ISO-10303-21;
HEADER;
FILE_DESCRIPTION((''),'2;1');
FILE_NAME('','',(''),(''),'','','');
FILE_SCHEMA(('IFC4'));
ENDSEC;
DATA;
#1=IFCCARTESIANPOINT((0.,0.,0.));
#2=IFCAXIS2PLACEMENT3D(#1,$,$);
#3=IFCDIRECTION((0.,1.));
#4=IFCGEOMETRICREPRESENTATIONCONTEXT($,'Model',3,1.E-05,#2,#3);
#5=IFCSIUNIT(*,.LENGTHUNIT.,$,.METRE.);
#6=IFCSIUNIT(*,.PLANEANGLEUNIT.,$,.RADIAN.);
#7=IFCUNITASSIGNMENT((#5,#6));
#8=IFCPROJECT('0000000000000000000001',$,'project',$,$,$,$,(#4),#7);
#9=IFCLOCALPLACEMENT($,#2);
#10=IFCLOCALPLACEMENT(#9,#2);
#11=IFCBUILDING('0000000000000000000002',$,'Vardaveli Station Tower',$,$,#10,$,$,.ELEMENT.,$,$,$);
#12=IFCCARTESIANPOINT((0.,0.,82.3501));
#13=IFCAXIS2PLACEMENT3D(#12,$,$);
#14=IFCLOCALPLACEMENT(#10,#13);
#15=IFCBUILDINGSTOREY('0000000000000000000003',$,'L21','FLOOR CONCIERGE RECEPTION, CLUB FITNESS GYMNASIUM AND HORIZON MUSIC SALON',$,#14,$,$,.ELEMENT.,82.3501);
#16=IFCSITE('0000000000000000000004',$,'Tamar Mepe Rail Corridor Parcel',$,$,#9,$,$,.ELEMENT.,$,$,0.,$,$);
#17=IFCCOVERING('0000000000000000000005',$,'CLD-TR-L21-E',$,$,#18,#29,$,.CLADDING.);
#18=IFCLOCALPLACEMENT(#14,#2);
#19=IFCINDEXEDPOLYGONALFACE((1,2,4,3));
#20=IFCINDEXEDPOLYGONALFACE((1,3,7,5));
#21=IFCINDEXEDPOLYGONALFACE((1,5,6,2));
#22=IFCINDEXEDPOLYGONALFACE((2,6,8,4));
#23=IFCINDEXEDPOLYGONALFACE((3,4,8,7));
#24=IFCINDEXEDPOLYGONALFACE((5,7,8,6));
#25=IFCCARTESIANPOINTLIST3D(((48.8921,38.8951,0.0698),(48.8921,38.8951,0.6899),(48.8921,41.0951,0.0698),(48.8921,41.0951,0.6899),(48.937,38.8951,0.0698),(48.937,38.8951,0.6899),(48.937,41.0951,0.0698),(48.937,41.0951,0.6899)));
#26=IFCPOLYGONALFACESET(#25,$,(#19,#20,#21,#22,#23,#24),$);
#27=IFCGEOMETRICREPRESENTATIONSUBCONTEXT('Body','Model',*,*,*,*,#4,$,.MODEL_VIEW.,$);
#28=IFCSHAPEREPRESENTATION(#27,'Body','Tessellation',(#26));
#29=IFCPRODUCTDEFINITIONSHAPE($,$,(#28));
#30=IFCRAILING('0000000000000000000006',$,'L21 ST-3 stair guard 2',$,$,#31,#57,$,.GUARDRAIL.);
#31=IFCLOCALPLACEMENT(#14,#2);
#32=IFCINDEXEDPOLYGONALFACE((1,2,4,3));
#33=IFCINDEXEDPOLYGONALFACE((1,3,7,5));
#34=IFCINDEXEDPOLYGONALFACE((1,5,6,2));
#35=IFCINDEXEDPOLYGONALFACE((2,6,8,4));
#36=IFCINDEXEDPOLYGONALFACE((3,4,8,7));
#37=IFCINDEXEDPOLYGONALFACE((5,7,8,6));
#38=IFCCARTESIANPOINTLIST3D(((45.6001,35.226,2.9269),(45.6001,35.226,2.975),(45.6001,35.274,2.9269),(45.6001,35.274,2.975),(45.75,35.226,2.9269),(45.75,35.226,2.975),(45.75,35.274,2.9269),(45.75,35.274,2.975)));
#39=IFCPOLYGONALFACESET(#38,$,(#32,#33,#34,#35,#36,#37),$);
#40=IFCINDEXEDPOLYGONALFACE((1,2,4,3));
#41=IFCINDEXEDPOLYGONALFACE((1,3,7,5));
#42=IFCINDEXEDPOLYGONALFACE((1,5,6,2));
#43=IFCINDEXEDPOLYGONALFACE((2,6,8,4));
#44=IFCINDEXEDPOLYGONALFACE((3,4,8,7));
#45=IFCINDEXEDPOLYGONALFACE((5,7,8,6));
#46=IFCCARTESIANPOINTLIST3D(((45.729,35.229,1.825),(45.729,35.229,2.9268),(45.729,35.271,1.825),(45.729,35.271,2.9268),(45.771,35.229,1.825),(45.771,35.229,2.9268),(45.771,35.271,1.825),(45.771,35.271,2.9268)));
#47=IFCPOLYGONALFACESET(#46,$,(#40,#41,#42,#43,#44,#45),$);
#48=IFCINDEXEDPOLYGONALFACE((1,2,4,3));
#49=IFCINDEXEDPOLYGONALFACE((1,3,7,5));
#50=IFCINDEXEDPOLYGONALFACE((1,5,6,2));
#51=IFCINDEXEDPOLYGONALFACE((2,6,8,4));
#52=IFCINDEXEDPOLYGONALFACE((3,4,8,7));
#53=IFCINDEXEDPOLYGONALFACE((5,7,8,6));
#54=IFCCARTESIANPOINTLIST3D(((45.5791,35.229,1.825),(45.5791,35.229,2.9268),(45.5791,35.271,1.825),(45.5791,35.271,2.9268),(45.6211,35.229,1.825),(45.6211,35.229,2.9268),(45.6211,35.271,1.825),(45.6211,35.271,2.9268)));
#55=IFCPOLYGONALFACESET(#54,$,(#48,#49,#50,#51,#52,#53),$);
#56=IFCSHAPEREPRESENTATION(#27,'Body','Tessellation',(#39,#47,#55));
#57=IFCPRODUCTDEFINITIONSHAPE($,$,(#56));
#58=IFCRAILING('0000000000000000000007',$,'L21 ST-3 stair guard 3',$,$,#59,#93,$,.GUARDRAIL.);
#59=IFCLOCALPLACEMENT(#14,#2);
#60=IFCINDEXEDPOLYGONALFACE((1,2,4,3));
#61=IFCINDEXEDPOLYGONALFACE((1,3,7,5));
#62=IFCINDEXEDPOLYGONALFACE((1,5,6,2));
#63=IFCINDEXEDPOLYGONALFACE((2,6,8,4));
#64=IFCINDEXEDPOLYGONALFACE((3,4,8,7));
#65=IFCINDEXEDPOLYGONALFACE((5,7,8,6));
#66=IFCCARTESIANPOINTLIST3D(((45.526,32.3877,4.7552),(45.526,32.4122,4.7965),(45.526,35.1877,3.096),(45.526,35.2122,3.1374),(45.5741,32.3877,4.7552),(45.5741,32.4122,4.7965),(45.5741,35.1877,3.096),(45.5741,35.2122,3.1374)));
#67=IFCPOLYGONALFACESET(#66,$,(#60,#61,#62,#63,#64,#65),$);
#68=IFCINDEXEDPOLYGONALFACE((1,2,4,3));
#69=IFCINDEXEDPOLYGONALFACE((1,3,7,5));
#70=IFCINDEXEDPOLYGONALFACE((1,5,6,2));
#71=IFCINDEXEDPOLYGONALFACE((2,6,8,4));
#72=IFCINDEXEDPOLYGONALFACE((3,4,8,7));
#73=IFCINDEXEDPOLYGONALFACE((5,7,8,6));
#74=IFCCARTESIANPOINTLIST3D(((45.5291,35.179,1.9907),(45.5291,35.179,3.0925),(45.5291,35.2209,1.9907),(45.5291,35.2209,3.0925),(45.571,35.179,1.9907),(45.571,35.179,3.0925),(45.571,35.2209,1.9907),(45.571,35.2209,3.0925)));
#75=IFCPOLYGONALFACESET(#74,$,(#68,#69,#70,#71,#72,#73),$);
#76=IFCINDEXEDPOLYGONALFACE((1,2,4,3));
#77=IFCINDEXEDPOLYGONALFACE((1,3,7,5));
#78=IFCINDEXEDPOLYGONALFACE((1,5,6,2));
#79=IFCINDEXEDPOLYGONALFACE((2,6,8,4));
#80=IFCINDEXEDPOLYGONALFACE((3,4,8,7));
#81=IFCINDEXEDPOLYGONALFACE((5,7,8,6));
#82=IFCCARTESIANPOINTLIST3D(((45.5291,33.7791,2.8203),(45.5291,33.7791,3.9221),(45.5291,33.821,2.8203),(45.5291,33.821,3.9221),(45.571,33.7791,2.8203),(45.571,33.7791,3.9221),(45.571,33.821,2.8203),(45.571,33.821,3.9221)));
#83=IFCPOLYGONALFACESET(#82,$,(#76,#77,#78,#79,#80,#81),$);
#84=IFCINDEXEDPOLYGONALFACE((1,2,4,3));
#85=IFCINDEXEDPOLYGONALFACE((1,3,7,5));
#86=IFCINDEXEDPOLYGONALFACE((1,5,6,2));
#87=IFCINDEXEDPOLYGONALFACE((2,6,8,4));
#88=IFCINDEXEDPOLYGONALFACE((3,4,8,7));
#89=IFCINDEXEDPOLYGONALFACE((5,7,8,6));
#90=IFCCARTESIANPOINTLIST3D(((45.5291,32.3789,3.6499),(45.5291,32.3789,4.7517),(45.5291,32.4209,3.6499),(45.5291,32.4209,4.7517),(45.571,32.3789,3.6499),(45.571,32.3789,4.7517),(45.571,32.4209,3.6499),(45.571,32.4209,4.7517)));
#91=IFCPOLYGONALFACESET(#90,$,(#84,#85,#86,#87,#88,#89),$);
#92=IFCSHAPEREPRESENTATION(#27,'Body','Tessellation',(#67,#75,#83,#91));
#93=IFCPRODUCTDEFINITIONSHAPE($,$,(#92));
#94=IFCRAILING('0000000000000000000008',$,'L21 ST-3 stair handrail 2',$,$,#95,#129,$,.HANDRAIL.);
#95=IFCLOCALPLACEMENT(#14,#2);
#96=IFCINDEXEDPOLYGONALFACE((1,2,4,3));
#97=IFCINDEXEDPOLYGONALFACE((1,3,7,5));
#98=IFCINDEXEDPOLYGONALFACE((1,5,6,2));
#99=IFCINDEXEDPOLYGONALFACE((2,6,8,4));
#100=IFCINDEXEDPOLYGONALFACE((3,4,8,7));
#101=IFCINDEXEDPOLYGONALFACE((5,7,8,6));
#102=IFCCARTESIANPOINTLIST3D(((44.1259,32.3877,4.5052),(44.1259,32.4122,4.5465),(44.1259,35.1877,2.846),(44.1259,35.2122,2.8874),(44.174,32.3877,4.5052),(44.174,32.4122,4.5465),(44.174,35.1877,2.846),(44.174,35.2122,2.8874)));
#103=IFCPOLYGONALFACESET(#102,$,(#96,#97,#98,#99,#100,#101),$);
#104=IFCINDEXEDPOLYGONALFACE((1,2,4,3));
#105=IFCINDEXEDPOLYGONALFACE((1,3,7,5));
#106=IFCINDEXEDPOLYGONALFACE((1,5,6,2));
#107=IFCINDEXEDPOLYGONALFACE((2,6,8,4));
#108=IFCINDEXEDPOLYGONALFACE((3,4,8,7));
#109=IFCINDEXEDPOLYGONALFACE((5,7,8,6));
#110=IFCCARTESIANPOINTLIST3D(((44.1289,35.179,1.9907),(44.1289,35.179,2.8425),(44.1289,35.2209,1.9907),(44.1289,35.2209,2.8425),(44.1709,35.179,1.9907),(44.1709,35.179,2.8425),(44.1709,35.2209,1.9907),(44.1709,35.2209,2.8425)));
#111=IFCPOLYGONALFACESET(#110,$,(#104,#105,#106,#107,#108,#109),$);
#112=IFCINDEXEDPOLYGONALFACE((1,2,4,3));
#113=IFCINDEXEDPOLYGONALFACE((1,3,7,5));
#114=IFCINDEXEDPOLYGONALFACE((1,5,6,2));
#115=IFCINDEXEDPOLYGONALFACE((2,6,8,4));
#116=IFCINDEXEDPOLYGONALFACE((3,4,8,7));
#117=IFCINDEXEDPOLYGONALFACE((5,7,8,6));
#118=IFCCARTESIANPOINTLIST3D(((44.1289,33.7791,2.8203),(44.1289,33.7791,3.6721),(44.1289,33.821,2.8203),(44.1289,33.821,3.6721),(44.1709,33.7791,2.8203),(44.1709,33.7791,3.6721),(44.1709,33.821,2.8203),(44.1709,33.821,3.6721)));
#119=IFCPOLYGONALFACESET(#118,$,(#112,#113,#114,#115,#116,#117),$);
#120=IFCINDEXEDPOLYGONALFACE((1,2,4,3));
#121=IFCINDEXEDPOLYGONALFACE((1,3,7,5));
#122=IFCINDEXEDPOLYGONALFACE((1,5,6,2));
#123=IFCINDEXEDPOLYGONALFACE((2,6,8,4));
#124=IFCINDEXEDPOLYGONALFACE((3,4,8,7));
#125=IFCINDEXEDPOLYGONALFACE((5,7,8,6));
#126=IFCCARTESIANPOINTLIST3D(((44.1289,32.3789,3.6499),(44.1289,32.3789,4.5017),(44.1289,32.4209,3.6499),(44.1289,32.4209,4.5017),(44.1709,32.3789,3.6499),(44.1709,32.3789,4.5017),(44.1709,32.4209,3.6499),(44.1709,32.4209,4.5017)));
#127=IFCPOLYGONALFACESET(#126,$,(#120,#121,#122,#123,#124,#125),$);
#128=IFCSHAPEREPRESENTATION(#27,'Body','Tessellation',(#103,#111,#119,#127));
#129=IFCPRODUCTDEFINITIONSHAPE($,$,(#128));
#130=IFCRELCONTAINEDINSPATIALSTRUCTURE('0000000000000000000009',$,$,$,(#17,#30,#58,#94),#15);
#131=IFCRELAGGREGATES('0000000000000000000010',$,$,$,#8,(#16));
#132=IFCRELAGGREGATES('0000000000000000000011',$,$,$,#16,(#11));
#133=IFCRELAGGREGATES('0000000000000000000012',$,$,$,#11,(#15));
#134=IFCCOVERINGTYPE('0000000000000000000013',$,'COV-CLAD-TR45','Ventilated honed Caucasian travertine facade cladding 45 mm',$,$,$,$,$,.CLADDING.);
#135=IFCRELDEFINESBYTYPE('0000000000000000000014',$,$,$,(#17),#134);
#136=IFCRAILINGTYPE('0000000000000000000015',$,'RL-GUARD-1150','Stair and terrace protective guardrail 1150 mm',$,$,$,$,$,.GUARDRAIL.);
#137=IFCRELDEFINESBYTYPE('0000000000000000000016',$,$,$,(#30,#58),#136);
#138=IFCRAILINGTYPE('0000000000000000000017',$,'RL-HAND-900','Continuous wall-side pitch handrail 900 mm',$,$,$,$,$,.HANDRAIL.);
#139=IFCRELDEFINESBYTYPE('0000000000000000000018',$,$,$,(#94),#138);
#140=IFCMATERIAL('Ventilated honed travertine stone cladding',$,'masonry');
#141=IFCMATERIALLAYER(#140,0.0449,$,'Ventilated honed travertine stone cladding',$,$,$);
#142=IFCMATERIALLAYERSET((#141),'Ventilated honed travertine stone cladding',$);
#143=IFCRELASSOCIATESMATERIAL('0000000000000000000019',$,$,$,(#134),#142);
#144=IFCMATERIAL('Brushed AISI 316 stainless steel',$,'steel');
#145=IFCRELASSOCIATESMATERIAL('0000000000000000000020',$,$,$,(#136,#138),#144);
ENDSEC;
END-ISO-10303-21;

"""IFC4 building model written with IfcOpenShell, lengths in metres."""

from ifc_helpers import new_model, si_unit, direction, frame, origin, origin_2d, place, context, subcontext, project, spatial, rectangle, extrude, source, transform, mapped, material, layer, layer_set, type_object, element, save


model = new_model("IFC4")

# Units and contexts
model_context = context("Model", 3, precision=1e-05, world=origin(), true_north=direction((0.0, 1.0)))
body_context = subcontext(model_context, "Body", "Model", "MODEL_VIEW")
ifc_project = project(units=[si_unit("LENGTHUNIT", "METRE"), si_unit("PLANEANGLEUNIT", "RADIAN")], contexts=[model_context])

# Site, building, storey
site_placement = place(None, origin())
site = spatial("IfcSite", under=ifc_project, at=site_placement, Name="Tamar Mepe Rail Corridor Parcel", CompositionType="ELEMENT", RefElevation=0.0)
building_placement = place(site_placement, origin())
building = spatial("IfcBuilding", under=site, at=building_placement, Name="Vardaveli Station Tower", CompositionType="ELEMENT")
storey_placement = place(building_placement, frame((0.0, 0.0, 82.3501)))
storey = spatial("IfcBuildingStorey", under=building, at=storey_placement, Name="L21", Description="FLOOR CONCIERGE RECEPTION, CLUB FITNESS GYMNASIUM AND HORIZON MUSIC SALON", CompositionType="ELEMENT", Elevation=82.3501)

# Covering
ifc_material_1 = material(Name="Ventilated honed travertine stone cladding", Category="masonry")
ifc_layer_1 = layer(ifc_material_1, 0.0449, Name="Ventilated honed travertine stone cladding")
ifc_layer_set_1 = layer_set([ifc_layer_1], Name="Ventilated honed travertine stone cladding")
covering_type = type_object("IfcCoveringType", Name="COV-CLAD-TR45", Description="Ventilated honed Caucasian travertine facade cladding 45 mm", PredefinedType="CLADDING", material=ifc_layer_set_1)
shared_shape_1 = source(origin(), body_context, "Body", "SweptSolid", [
    extrude(rectangle(XDim=2.2, YDim=0.0449, at=origin_2d()), origin(), (0.0, 0.0, 1.0), 0.6201),
])
covering_placement = place(storey_placement, frame((48.9146, 39.9951, 0.0698), z_axis=(0.0, 0.0, 1.0), x_axis=(0.0, 1.0, 0.0)))
element("IfcCovering", 1, at=covering_placement, inside=storey, type_object=covering_type, Name="CLD-TR-L21-E", PredefinedType="CLADDING", context=body_context, shape_type="MappedRepresentation", body=[
    mapped(shared_shape_1, transform((0.0, 0.0, 0.0), scale=1.0)),
])

# Railings
ifc_material_2 = material(Name="Brushed AISI 316 stainless steel", Category="steel")
railing_type_1 = type_object("IfcRailingType", Name="RL-GUARD-1150", Description="Stair and terrace protective guardrail 1150 mm", PredefinedType="GUARDRAIL", material=ifc_material_2)
shared_shape_2 = source(origin(), body_context, "Body", "SweptSolid", [
    extrude(rectangle(XDim=0.0481, YDim=0.0481, at=origin_2d()), frame((0.0, 0.0, 1.126), z_axis=(-1.0, 0.0, 0.0), x_axis=(0.0, -1.0, 0.0)), (0.0, 0.0, 1.0), 0.1499),
    extrude(rectangle(XDim=0.042, YDim=0.042, at=origin_2d()), origin(), (0.0, 0.0, 1.0), 1.1018),
    extrude(rectangle(XDim=0.042, YDim=0.042, at=origin_2d()), frame((-0.1499, 0.0, 0.0)), (0.0, 0.0, 1.0), 1.1018),
])
railing_1_placement = place(storey_placement, frame((45.75, 35.25, 1.825)))
element("IfcRailing", 2, at=railing_1_placement, inside=storey, type_object=railing_type_1, Name="L21 ST-3 stair guard 2", PredefinedType="GUARDRAIL", context=body_context, shape_type="MappedRepresentation", body=[
    mapped(shared_shape_2, transform((0.0, 0.0, 0.0), scale=1.0)),
])
shared_shape_3 = source(origin(), body_context, "Body", "SweptSolid", [
    extrude(rectangle(XDim=0.0481, YDim=0.0481, at=origin_2d()), frame((0.0, 0.0, 1.126), z_axis=(0.0, -0.860306, 0.509778), x_axis=(1.0, 0.0, 0.0)), (0.0, 0.0, 1.0), 3.2546),
    extrude(rectangle(XDim=0.042, YDim=0.042, at=origin_2d()), origin(), (0.0, 0.0, 1.0), 1.1018),
    extrude(rectangle(XDim=0.042, YDim=0.042, at=origin_2d()), frame((0.0, -1.3999, 0.8296)), (0.0, 0.0, 1.0), 1.1018),
    extrude(rectangle(XDim=0.042, YDim=0.042, at=origin_2d()), frame((0.0, -2.8, 1.6592)), (0.0, 0.0, 1.0), 1.1018),
])
railing_2_placement = place(storey_placement, frame((45.55, 35.2, 1.9907)))
element("IfcRailing", 3, at=railing_2_placement, inside=storey, type_object=railing_type_1, Name="L21 ST-3 stair guard 3", PredefinedType="GUARDRAIL", context=body_context, shape_type="MappedRepresentation", body=[
    mapped(shared_shape_3, transform((0.0, 0.0, 0.0), scale=1.0)),
])
railing_type_2 = type_object("IfcRailingType", Name="RL-HAND-900", Description="Continuous wall-side pitch handrail 900 mm", PredefinedType="HANDRAIL", material=ifc_material_2)
shared_shape_4 = source(origin(), body_context, "Body", "SweptSolid", [
    extrude(rectangle(XDim=0.0481, YDim=0.0481, at=origin_2d()), frame((0.0, 0.0, 0.876), z_axis=(0.0, -0.860306, 0.509778), x_axis=(1.0, 0.0, 0.0)), (0.0, 0.0, 1.0), 3.2546),
    extrude(rectangle(XDim=0.042, YDim=0.042, at=origin_2d()), origin(), (0.0, 0.0, 1.0), 0.8518),
    extrude(rectangle(XDim=0.042, YDim=0.042, at=origin_2d()), frame((0.0, -1.3999, 0.8296)), (0.0, 0.0, 1.0), 0.8518),
    extrude(rectangle(XDim=0.042, YDim=0.042, at=origin_2d()), frame((0.0, -2.8, 1.6592)), (0.0, 0.0, 1.0), 0.8518),
])
railing_3_placement = place(storey_placement, frame((44.1499, 35.2, 1.9907)))
element("IfcRailing", 4, at=railing_3_placement, inside=storey, type_object=railing_type_2, Name="L21 ST-3 stair handrail 2", PredefinedType="HANDRAIL", context=body_context, shape_type="MappedRepresentation", body=[
    mapped(shared_shape_4, transform((0.0, 0.0, 0.0), scale=1.0)),
])

save(model, "model.ifc")
